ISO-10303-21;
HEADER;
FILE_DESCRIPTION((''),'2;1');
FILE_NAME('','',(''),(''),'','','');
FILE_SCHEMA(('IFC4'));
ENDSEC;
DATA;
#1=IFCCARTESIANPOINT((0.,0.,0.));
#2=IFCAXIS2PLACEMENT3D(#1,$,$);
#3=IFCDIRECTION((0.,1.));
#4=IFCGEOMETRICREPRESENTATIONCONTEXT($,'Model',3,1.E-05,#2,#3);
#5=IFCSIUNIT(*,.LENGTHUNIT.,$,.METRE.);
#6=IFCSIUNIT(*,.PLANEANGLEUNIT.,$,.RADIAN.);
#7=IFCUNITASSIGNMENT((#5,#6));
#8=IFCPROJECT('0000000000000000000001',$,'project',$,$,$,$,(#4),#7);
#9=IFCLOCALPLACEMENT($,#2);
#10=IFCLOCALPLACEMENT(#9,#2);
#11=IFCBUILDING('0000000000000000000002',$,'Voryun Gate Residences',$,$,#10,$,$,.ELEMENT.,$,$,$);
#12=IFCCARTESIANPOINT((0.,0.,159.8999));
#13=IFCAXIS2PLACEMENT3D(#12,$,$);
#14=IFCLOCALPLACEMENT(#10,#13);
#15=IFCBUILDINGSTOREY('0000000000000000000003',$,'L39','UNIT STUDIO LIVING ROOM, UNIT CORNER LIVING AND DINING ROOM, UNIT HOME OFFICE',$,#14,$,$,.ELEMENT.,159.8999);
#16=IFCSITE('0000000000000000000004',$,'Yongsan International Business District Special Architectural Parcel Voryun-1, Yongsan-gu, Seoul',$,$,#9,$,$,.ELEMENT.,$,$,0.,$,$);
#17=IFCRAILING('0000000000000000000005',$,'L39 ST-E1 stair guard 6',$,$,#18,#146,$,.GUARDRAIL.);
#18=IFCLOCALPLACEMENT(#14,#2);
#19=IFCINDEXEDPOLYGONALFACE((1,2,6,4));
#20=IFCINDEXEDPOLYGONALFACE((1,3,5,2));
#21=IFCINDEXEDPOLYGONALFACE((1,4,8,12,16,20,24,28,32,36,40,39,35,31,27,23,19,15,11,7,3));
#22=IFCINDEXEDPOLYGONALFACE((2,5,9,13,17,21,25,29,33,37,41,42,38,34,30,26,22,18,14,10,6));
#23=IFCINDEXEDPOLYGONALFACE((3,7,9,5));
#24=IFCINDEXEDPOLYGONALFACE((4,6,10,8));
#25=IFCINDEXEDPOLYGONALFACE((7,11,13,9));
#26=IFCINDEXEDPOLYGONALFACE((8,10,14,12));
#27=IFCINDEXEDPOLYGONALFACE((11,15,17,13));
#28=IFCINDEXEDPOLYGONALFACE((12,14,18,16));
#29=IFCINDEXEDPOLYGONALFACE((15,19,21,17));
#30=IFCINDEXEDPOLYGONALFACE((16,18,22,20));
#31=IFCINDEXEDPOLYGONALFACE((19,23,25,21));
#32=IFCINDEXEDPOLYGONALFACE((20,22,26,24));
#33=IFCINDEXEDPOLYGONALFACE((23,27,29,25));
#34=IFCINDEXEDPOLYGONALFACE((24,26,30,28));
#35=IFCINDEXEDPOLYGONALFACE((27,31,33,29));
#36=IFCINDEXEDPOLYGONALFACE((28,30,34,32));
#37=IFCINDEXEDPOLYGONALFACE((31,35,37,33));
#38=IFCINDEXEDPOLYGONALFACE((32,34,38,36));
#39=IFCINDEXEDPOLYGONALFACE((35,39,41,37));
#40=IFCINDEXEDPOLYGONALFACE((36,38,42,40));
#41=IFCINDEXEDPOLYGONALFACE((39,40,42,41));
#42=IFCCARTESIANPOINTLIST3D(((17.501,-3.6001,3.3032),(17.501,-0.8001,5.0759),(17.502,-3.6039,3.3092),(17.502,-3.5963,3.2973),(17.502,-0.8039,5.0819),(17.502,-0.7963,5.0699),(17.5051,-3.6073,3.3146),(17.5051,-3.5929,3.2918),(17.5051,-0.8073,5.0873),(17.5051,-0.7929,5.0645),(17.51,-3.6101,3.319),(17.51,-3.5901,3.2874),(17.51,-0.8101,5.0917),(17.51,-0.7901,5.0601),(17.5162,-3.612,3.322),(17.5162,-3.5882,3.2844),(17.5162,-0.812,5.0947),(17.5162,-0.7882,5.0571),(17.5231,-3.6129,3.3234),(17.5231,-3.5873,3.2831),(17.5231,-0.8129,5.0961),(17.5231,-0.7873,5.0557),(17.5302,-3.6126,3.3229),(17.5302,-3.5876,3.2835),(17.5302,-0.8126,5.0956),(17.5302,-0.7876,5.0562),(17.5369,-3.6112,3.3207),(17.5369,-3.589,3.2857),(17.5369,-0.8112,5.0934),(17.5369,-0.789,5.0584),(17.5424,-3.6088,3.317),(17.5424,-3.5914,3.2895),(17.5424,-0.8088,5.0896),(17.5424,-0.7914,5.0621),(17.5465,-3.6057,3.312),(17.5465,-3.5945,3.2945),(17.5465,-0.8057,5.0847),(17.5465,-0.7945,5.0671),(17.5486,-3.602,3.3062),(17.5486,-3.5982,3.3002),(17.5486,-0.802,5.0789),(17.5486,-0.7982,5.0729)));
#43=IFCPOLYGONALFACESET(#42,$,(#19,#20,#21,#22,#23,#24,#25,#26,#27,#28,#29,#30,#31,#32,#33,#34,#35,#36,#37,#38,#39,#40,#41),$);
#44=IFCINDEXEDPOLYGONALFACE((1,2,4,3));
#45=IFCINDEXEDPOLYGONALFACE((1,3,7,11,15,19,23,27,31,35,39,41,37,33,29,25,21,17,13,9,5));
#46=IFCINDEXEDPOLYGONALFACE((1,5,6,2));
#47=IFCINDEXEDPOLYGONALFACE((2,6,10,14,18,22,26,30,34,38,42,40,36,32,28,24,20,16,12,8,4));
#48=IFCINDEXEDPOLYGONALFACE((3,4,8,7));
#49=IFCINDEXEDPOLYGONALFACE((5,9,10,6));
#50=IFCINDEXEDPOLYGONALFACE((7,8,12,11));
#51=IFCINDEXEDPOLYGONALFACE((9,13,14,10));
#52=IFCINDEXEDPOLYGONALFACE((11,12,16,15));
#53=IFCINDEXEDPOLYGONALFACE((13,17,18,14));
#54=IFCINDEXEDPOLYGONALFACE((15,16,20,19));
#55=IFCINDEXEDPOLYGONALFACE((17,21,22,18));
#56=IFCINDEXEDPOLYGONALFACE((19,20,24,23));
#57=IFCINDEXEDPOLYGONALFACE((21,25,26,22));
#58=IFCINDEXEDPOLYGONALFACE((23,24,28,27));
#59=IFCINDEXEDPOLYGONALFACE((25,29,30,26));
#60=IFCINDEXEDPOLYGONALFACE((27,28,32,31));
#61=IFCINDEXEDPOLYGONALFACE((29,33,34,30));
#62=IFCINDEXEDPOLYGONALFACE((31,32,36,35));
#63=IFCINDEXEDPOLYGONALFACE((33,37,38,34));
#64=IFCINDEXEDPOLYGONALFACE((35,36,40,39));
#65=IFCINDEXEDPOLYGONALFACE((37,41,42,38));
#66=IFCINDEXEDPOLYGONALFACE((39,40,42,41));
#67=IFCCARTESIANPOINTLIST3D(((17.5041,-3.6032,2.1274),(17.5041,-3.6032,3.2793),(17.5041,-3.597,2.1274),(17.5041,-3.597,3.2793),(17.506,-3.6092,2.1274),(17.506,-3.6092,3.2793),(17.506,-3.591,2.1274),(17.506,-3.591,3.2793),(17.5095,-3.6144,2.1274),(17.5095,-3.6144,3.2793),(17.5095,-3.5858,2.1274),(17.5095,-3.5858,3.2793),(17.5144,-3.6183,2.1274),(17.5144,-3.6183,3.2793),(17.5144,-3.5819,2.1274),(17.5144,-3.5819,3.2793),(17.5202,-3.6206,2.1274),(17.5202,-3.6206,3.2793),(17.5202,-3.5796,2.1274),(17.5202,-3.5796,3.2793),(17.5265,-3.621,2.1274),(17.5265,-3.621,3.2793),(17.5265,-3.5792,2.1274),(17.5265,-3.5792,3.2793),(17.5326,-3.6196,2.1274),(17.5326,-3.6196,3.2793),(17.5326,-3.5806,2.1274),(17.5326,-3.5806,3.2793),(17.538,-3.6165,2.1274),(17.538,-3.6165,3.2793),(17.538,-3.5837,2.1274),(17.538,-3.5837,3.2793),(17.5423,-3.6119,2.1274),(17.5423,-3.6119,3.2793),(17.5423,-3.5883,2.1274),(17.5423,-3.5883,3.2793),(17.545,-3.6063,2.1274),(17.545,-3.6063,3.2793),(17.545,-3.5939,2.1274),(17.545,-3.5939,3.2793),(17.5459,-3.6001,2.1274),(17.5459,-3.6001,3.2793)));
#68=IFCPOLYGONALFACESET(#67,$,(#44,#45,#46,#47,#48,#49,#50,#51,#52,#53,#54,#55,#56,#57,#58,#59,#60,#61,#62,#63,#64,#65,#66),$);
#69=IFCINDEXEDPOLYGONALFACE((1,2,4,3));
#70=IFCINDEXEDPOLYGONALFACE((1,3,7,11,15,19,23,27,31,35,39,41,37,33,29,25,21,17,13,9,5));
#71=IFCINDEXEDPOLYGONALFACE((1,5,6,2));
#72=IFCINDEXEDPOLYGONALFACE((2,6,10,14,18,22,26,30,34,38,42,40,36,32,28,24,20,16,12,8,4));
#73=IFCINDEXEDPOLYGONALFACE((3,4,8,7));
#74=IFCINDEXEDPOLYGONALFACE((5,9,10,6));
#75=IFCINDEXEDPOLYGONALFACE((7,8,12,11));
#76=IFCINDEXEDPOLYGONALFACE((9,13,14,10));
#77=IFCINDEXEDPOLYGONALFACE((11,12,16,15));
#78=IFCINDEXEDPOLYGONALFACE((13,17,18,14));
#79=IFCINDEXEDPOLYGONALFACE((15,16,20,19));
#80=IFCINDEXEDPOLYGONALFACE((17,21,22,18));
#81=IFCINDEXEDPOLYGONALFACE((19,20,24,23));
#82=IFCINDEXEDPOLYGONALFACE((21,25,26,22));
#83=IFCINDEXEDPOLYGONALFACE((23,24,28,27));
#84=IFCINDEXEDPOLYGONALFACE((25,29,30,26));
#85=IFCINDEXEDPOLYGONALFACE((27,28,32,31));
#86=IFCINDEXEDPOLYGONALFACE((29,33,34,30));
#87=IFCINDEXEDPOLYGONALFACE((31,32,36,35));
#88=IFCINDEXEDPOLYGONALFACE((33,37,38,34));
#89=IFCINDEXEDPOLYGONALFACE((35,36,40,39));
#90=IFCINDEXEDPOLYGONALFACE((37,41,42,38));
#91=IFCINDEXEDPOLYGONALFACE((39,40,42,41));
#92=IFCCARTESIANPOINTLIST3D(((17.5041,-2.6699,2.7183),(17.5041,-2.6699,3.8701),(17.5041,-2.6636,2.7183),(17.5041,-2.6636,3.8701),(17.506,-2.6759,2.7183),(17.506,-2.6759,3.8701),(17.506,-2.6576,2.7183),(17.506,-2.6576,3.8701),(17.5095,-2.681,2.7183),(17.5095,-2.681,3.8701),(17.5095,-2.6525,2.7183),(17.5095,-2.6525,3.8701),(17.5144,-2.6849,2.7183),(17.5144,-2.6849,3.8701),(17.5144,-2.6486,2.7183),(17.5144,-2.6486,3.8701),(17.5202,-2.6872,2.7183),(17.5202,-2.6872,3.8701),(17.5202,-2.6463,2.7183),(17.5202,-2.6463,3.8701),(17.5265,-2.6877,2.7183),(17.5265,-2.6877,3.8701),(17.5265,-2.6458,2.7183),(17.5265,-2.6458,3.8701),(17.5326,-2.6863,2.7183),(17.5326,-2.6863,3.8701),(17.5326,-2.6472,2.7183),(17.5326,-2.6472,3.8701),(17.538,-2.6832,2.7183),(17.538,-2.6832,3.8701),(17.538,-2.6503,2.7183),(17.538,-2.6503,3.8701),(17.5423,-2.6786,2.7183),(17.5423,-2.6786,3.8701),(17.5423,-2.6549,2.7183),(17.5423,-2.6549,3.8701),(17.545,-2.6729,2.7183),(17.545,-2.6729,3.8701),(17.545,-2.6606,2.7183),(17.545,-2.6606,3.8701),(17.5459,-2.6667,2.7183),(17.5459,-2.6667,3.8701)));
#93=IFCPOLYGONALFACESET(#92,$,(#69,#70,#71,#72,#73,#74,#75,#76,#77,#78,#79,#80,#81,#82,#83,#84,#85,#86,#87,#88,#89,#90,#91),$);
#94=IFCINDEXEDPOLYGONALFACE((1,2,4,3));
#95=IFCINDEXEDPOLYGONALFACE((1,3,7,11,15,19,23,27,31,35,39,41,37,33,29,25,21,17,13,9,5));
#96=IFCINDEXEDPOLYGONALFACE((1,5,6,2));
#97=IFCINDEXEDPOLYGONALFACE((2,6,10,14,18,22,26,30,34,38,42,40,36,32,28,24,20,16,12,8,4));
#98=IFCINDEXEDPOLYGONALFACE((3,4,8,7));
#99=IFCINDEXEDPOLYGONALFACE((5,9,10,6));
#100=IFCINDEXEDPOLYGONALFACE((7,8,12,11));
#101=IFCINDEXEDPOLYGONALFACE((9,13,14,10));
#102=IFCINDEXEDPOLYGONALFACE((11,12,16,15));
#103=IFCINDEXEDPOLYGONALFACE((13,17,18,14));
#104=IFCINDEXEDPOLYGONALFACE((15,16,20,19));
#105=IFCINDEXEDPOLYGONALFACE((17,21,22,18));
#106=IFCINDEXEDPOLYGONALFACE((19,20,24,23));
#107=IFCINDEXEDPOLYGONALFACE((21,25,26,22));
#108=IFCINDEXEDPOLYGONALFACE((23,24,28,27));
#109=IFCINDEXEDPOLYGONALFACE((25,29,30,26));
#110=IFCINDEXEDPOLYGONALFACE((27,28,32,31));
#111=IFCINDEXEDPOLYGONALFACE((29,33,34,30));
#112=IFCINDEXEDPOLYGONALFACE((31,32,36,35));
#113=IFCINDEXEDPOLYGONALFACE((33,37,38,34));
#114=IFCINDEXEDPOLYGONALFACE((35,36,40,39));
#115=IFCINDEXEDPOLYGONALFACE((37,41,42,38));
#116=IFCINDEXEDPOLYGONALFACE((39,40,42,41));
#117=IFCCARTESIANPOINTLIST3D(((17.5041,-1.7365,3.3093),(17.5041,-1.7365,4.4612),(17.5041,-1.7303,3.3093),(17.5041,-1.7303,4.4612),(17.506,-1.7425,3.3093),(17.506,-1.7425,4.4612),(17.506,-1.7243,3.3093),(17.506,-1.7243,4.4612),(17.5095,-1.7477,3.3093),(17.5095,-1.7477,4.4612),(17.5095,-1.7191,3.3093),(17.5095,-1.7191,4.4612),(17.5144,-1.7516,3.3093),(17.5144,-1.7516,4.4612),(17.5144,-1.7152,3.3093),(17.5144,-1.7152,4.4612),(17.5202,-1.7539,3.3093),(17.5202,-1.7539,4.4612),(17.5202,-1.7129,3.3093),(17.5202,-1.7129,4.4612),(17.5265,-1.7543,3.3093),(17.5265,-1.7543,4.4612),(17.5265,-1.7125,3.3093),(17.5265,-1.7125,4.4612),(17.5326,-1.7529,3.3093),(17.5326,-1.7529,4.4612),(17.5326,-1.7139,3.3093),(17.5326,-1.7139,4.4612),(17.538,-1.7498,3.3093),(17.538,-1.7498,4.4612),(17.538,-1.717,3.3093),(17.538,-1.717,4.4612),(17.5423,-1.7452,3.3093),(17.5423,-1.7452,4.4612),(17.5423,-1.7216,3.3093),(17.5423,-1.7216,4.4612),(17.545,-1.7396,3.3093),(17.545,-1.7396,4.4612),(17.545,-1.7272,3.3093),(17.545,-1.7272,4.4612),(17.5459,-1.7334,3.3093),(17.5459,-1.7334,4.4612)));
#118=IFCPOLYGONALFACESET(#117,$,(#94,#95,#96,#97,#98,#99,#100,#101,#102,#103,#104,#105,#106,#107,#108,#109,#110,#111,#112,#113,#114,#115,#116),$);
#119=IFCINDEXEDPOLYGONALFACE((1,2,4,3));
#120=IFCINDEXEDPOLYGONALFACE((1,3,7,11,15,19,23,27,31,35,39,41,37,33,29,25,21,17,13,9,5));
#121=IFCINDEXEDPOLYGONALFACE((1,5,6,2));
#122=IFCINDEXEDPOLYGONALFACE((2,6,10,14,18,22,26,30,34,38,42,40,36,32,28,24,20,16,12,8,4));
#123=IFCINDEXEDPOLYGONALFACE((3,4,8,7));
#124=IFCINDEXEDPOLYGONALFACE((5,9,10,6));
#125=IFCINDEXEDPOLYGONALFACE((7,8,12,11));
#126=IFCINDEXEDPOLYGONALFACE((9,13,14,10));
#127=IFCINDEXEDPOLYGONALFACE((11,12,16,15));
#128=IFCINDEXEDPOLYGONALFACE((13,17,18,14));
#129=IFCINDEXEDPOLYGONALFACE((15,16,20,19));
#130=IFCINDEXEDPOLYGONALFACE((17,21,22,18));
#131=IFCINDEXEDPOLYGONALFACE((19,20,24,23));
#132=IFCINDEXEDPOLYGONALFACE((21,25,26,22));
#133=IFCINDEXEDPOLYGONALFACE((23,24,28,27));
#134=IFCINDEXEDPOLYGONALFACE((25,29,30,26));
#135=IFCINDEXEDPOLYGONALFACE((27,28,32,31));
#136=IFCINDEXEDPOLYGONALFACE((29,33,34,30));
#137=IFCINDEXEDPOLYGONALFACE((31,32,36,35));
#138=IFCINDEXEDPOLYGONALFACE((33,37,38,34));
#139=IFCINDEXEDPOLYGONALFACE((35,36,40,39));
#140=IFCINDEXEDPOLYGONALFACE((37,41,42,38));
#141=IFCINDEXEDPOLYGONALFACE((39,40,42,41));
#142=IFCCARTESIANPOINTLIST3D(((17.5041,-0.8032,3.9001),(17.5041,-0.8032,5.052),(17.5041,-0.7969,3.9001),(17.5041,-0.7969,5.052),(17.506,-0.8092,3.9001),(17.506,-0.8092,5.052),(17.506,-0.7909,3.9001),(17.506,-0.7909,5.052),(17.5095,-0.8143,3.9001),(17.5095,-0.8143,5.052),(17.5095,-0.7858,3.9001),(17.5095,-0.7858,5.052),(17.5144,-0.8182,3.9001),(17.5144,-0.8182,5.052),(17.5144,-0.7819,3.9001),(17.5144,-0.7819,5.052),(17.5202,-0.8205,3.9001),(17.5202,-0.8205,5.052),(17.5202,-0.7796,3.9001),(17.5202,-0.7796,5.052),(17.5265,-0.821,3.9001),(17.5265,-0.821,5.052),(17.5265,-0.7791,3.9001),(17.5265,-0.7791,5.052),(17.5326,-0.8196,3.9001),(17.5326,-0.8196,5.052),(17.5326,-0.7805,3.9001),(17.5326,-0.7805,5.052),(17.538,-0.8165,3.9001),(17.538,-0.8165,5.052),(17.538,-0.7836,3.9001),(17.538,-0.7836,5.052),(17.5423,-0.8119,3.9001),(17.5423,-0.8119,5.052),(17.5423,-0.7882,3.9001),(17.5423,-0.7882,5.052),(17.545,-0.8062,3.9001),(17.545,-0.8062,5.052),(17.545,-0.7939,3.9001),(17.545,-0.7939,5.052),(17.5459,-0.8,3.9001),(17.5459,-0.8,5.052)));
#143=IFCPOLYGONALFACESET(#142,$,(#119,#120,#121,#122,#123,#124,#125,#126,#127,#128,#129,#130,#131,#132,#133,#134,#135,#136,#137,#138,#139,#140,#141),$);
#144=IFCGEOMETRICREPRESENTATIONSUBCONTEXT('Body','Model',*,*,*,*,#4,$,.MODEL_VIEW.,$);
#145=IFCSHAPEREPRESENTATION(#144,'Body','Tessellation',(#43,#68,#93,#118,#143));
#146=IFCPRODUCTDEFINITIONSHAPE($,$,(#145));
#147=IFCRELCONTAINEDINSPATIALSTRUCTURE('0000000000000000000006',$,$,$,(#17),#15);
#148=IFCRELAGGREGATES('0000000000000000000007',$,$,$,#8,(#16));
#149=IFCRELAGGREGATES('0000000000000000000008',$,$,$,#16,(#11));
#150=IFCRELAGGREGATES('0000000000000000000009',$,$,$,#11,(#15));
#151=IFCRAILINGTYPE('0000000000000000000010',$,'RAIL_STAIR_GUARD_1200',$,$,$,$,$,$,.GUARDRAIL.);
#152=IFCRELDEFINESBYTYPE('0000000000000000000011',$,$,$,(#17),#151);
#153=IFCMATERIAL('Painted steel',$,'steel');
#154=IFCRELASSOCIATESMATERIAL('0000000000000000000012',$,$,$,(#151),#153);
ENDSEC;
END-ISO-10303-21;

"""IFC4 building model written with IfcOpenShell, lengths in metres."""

from ifc_helpers import new_model, si_unit, direction, frame, origin, origin_2d, place, context, subcontext, project, spatial, circle, extrude, material, type_object, element, save


model = new_model("IFC4")

# Units and contexts
model_context = context("Model", 3, precision=1e-05, world=origin(), true_north=direction((0.0, 1.0)))
body_context = subcontext(model_context, "Body", "Model", "MODEL_VIEW")
ifc_project = project(units=[si_unit("LENGTHUNIT", "METRE"), si_unit("PLANEANGLEUNIT", "RADIAN")], contexts=[model_context])

# Site, building, storey
site_placement = place(None, origin())
site = spatial("IfcSite", under=ifc_project, at=site_placement, Name="Yongsan International Business District Special Architectural Parcel Voryun-1, Yongsan-gu, Seoul", CompositionType="ELEMENT", RefElevation=0.0)
building_placement = place(site_placement, origin())
building = spatial("IfcBuilding", under=site, at=building_placement, Name="Voryun Gate Residences", CompositionType="ELEMENT")
storey_placement = place(building_placement, frame((0.0, 0.0, 159.8999)))
storey = spatial("IfcBuildingStorey", under=building, at=storey_placement, Name="L39", Description="UNIT STUDIO LIVING ROOM, UNIT CORNER LIVING AND DINING ROOM, UNIT HOME OFFICE", CompositionType="ELEMENT", Elevation=159.8999)

# Railing
ifc_material_1 = material(Name="Painted steel", Category="steel")
railing_type_1 = type_object("IfcRailingType", Name="RAIL_STAIR_GUARD_1200", PredefinedType="GUARDRAIL", material=ifc_material_1)
railing_1_placement = place(storey_placement, frame((17.5249, -3.6001, 2.1274)))
element("IfcRailing", 1, at=railing_1_placement, inside=storey, type_object=railing_type_1, Name="L39 ST-E1 stair guard 6", PredefinedType="GUARDRAIL", context=body_context, shape_type="SweptSolid", body=[
    extrude(circle(Radius=0.0239, at=origin_2d()), frame((0.0, 0.0, 1.1758), z_axis=(0.0, 0.844909, 0.53491), x_axis=(-1.0, 0.0, 0.0)), (0.0, 0.0, 1.0), 3.314),
    extrude(circle(Radius=0.021, at=origin_2d()), origin(), (0.0, 0.0, 1.0), 1.1519),
    extrude(circle(Radius=0.021, at=origin_2d()), frame((0.0, 0.9333, 0.5908)), (0.0, 0.0, 1.0), 1.1519),
    extrude(circle(Radius=0.021, at=origin_2d()), frame((0.0, 1.8667, 1.1819)), (0.0, 0.0, 1.0), 1.1519),
    extrude(circle(Radius=0.021, at=origin_2d()), frame((0.0, 2.8, 1.7727)), (0.0, 0.0, 1.0), 1.1519),
])

save(model, "model.ifc")
